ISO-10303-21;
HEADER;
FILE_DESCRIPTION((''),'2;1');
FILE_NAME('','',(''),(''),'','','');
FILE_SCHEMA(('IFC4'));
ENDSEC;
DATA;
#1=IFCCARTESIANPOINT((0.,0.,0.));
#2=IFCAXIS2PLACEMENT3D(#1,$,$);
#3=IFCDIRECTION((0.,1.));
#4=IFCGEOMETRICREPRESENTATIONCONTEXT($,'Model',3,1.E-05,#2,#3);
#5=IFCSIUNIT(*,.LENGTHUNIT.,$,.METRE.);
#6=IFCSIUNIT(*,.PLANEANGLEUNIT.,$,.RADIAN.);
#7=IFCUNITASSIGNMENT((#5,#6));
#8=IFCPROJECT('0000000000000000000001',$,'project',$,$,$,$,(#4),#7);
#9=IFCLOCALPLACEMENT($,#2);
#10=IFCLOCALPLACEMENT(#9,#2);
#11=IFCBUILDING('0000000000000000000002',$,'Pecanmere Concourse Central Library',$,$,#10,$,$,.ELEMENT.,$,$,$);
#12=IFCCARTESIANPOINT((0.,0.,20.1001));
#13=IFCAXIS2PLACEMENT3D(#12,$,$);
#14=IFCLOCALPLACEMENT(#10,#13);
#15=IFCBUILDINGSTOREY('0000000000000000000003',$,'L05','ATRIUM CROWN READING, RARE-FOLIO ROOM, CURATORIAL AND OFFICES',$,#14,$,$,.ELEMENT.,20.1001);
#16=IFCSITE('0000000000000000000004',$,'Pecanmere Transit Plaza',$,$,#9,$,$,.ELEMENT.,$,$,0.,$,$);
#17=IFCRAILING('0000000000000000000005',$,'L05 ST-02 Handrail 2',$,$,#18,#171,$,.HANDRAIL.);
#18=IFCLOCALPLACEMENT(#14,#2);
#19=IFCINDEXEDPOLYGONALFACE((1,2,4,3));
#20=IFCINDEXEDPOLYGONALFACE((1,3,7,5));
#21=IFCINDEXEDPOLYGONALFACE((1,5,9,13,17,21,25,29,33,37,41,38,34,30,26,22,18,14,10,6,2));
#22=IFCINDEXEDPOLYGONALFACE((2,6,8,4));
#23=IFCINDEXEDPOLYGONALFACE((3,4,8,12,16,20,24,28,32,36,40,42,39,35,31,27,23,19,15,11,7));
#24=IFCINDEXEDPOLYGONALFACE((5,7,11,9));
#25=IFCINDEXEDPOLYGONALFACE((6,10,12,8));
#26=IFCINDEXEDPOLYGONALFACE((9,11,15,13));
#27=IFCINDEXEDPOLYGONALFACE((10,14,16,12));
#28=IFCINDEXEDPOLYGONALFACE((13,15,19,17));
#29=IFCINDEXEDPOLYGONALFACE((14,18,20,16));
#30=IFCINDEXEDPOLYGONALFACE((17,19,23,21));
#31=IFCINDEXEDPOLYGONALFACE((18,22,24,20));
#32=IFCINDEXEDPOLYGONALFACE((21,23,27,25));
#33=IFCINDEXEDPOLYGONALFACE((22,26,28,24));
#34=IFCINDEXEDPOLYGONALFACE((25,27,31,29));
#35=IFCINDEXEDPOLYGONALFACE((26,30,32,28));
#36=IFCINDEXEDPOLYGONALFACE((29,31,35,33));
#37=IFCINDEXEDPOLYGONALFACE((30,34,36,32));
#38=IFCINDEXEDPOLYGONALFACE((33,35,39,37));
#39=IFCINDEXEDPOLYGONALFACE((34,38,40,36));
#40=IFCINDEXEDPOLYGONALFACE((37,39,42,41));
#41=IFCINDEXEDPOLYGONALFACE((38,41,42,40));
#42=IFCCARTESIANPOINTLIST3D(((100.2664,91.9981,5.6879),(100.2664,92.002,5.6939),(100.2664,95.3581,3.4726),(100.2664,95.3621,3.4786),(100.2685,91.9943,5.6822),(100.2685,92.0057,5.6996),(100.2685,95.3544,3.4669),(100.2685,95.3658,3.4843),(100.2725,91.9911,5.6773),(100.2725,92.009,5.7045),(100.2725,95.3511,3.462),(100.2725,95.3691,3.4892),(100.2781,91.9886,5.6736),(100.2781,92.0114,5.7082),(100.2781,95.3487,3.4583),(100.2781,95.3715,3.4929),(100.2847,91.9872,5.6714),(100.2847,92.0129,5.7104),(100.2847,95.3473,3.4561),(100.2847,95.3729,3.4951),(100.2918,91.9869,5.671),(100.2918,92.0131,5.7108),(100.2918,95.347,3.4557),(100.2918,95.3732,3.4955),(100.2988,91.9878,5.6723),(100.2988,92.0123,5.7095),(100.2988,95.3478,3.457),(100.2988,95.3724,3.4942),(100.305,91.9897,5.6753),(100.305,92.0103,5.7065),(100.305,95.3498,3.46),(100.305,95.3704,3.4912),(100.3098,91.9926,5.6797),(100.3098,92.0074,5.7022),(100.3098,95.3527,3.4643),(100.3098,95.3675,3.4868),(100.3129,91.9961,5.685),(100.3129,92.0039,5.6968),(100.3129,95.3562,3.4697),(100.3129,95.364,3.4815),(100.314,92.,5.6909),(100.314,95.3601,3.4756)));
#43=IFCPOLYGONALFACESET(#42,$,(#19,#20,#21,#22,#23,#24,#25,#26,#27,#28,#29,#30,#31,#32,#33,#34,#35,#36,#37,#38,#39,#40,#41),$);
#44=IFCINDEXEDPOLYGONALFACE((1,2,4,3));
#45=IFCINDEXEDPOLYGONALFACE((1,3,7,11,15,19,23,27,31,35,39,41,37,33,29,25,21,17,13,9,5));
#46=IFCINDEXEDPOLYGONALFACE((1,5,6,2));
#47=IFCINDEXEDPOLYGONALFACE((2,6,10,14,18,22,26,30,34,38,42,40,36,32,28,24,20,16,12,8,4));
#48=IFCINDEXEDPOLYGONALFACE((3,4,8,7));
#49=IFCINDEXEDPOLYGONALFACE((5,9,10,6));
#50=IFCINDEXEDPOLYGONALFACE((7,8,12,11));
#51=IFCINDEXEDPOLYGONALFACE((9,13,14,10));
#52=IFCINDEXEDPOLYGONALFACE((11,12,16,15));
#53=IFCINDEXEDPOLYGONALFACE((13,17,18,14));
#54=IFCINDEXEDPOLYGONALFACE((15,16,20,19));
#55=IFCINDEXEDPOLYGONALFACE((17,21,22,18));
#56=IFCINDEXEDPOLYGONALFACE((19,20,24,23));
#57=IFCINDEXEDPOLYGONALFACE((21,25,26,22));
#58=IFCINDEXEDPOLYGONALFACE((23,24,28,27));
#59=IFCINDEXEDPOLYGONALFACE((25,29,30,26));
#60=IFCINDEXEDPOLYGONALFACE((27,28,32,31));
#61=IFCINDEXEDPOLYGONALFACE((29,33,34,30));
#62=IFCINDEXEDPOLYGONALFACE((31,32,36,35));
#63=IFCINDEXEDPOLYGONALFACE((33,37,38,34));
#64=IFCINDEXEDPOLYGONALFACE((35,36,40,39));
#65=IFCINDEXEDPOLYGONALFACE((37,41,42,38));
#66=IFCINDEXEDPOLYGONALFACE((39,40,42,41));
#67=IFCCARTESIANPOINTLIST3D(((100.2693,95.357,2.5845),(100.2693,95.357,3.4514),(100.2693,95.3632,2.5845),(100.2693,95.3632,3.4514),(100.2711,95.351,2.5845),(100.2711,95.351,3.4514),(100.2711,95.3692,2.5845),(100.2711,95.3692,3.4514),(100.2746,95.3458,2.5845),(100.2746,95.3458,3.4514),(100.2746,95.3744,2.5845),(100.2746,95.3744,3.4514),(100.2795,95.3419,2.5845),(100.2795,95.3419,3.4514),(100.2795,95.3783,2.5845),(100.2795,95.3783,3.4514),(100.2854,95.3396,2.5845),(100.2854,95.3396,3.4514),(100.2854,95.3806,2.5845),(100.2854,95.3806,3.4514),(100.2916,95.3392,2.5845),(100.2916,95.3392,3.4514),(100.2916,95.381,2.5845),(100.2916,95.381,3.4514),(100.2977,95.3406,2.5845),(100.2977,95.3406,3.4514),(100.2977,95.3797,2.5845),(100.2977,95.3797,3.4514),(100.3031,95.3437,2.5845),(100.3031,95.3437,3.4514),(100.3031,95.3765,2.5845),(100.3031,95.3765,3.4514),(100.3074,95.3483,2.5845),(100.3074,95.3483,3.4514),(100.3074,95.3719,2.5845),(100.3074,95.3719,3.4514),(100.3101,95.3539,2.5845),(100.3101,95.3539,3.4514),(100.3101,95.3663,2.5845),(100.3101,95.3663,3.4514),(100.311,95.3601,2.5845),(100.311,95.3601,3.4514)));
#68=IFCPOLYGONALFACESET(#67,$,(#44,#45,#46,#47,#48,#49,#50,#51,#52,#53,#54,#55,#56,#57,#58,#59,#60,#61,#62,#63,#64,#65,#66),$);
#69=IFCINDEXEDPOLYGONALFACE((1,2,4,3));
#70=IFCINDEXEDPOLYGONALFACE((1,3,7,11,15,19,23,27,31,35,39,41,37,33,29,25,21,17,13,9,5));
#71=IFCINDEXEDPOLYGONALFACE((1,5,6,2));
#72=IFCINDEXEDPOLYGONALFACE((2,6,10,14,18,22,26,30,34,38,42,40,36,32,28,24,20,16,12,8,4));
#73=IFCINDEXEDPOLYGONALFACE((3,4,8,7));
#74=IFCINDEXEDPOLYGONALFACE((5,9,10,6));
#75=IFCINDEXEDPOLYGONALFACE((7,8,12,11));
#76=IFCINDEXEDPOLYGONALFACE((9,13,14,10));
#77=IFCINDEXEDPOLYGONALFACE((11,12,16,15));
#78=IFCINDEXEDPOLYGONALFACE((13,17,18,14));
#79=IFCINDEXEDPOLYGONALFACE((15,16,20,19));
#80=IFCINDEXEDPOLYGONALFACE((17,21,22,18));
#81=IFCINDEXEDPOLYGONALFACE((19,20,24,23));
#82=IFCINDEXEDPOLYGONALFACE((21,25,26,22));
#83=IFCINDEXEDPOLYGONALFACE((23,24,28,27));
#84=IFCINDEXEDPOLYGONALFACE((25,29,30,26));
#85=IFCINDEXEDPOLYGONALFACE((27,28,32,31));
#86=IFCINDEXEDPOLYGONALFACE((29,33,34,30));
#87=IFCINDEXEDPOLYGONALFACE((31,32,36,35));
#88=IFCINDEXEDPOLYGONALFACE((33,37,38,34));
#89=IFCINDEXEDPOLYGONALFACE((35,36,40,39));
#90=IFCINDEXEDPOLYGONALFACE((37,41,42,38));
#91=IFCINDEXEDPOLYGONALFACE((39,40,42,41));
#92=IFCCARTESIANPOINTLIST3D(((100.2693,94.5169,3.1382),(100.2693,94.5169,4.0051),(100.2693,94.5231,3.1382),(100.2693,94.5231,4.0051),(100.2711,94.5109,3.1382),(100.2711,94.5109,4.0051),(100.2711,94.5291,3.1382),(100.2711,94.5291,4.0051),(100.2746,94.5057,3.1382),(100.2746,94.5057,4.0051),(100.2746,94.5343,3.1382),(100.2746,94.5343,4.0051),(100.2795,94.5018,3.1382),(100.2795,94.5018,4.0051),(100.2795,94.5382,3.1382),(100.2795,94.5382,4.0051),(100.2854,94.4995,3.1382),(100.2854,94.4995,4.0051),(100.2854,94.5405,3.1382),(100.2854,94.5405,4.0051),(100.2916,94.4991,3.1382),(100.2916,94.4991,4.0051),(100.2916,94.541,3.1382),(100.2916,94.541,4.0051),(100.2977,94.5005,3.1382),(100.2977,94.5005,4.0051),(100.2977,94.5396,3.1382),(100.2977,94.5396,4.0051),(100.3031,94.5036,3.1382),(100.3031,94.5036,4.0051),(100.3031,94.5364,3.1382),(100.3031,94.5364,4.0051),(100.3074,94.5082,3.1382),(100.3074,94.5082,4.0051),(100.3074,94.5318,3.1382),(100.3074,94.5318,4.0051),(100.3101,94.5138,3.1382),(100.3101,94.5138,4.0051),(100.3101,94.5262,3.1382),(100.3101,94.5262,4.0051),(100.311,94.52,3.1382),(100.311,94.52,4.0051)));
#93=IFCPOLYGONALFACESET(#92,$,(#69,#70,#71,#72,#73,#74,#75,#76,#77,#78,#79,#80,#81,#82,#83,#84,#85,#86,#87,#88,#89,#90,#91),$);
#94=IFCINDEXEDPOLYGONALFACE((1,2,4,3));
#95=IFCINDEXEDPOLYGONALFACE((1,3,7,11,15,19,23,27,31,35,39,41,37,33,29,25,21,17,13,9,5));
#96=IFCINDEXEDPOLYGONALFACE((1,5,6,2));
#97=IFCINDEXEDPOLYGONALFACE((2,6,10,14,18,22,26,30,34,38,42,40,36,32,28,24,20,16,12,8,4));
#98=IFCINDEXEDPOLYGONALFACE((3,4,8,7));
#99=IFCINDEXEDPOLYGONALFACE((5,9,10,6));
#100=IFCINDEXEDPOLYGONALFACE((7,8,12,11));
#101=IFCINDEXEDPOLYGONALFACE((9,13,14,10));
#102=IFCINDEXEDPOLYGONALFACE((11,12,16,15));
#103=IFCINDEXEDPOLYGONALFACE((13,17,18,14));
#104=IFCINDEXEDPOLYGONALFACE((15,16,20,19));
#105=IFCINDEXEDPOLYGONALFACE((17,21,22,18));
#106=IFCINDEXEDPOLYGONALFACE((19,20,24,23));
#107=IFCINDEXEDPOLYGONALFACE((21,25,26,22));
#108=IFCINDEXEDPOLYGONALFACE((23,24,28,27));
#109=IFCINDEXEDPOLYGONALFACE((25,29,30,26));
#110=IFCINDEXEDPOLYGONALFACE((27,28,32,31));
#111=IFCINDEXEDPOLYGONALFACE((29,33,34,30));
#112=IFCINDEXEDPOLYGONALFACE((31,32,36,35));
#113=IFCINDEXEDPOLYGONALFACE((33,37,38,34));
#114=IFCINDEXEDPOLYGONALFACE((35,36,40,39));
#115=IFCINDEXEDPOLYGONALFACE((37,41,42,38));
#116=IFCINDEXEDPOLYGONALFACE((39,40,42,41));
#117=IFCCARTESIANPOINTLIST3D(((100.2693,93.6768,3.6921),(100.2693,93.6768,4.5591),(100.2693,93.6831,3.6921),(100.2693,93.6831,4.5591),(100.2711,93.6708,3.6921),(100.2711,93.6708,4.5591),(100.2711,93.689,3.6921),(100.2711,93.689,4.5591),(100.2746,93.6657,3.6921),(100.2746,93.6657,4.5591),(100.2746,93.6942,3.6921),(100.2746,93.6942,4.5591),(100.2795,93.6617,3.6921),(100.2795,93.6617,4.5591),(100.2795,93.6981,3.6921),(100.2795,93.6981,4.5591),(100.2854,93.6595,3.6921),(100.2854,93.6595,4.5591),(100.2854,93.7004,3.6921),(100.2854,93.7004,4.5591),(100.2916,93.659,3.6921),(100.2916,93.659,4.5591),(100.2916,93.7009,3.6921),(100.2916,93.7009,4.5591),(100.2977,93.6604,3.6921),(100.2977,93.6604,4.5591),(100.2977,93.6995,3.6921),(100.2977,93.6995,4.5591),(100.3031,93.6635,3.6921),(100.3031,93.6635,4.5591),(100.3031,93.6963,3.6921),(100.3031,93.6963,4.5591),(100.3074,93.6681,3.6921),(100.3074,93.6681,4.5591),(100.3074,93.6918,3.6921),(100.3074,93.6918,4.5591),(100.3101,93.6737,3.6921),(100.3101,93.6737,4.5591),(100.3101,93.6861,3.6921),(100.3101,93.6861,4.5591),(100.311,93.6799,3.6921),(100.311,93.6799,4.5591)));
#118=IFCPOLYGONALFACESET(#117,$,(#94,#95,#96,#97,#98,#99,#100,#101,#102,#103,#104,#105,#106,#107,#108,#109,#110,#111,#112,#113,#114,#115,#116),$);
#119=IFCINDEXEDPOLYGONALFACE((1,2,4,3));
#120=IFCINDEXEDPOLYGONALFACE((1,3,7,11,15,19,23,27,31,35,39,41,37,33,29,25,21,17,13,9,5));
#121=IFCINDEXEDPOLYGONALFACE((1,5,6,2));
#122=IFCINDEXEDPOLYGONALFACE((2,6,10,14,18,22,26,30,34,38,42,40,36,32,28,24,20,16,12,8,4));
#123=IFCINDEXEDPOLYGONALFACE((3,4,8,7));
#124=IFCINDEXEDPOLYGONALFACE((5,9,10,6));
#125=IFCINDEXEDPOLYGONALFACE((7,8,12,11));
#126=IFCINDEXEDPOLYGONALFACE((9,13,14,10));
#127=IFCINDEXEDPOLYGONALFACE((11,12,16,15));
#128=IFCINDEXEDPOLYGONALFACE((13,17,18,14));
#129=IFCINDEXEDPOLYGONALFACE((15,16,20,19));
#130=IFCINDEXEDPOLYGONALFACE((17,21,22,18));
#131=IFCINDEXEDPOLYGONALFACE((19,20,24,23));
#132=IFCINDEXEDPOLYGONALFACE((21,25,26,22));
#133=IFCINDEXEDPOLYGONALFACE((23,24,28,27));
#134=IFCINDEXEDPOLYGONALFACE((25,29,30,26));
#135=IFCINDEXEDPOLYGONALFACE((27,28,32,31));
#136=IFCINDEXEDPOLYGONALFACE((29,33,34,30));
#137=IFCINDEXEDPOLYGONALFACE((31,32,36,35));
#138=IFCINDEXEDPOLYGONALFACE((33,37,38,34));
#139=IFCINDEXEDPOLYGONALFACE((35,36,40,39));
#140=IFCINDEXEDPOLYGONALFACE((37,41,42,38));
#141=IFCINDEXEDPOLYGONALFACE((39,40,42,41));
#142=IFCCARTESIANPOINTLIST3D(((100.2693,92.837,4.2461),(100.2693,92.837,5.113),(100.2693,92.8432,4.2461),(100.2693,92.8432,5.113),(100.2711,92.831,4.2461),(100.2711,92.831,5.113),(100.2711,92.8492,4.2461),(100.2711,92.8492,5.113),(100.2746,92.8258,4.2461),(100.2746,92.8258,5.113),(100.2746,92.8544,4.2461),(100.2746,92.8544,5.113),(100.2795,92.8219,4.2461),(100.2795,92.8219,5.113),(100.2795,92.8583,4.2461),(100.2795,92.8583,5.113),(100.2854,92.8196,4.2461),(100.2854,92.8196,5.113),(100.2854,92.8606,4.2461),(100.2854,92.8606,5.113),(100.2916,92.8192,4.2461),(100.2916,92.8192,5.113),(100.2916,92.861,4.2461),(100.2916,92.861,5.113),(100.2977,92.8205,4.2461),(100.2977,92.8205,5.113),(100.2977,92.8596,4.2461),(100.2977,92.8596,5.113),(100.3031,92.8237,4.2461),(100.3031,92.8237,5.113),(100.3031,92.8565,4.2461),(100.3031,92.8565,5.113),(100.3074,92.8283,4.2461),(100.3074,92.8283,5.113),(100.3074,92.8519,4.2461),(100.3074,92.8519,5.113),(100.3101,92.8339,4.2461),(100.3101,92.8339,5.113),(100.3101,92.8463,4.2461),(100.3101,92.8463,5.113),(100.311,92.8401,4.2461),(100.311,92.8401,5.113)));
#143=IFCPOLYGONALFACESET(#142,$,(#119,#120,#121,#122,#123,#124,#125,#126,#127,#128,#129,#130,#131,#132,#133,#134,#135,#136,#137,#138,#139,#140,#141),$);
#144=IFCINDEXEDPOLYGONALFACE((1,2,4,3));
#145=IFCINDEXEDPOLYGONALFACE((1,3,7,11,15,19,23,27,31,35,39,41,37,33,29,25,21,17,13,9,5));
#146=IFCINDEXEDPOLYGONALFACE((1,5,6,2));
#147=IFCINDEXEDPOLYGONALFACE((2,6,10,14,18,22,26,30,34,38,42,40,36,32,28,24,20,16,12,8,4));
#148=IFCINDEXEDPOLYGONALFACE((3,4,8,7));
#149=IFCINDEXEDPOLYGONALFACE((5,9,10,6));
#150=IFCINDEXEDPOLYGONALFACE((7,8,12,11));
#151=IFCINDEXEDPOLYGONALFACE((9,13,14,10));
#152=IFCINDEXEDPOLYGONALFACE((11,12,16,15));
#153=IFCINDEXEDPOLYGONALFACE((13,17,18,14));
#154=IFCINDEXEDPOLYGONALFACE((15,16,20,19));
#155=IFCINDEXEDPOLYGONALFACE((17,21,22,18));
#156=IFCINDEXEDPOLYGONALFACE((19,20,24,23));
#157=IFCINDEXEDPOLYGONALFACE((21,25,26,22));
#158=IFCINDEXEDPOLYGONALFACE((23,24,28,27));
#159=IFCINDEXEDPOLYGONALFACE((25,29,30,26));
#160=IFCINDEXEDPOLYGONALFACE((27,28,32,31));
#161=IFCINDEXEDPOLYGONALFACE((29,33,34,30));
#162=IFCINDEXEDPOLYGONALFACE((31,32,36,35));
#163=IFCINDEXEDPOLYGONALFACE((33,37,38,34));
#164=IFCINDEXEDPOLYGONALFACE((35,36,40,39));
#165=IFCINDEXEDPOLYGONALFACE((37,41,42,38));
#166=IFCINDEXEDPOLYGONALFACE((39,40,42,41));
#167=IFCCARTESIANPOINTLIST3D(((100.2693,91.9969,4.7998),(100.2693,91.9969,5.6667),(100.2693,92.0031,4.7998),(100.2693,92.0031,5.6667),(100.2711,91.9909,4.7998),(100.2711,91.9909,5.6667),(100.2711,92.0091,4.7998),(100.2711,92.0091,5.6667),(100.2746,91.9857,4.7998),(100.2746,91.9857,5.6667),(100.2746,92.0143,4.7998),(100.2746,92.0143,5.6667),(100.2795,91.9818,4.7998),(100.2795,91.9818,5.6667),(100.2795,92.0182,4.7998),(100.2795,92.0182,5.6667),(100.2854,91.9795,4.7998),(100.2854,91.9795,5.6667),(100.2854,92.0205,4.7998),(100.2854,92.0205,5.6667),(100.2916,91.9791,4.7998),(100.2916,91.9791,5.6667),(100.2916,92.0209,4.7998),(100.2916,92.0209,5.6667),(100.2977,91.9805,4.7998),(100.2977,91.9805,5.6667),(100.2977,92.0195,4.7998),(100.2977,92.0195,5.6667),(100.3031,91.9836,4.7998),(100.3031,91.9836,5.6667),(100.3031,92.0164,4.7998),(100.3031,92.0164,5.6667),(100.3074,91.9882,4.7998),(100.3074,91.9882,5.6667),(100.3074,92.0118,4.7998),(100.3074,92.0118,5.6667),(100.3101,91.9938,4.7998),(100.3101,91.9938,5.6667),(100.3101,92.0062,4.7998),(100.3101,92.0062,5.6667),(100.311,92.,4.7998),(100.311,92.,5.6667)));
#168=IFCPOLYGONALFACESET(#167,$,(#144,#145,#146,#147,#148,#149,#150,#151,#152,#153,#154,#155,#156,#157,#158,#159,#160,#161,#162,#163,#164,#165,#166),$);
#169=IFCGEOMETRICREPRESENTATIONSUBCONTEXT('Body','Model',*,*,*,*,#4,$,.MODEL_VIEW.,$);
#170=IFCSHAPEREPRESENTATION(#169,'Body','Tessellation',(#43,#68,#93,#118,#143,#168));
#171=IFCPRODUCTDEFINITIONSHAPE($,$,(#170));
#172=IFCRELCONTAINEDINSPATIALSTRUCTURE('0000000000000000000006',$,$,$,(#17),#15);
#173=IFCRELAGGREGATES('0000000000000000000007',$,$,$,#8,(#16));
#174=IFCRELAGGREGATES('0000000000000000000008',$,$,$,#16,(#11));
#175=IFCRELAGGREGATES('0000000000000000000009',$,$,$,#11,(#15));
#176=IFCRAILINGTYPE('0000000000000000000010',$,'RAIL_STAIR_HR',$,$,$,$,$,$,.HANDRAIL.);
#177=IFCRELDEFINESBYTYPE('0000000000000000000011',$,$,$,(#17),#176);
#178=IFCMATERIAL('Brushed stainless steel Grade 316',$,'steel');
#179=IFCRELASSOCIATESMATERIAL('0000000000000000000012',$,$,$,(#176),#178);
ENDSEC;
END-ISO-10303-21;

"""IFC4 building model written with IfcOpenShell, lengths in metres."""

from ifc_helpers import new_model, si_unit, direction, frame, origin, origin_2d, place, context, subcontext, project, spatial, circle, extrude, material, type_object, element, save


model = new_model("IFC4")

# Units and contexts
model_context = context("Model", 3, precision=1e-05, world=origin(), true_north=direction((0.0, 1.0)))
body_context = subcontext(model_context, "Body", "Model", "MODEL_VIEW")
ifc_project = project(units=[si_unit("LENGTHUNIT", "METRE"), si_unit("PLANEANGLEUNIT", "RADIAN")], contexts=[model_context])

# Site, building, storey
site_placement = place(None, origin())
site = spatial("IfcSite", under=ifc_project, at=site_placement, Name="Pecanmere Transit Plaza", CompositionType="ELEMENT", RefElevation=0.0)
building_placement = place(site_placement, origin())
building = spatial("IfcBuilding", under=site, at=building_placement, Name="Pecanmere Concourse Central Library", CompositionType="ELEMENT")
storey_placement = place(building_placement, frame((0.0, 0.0, 20.1001)))
storey = spatial("IfcBuildingStorey", under=building, at=storey_placement, Name="L05", Description="ATRIUM CROWN READING, RARE-FOLIO ROOM, CURATORIAL AND OFFICES", CompositionType="ELEMENT", Elevation=20.1001)

# Railing
ifc_material_1 = material(Name="Brushed stainless steel Grade 316", Category="steel")
railing_type_1 = type_object("IfcRailingType", Name="RAIL_STAIR_HR", PredefinedType="HANDRAIL", material=ifc_material_1)
railing_1_placement = place(storey_placement, frame((100.29, 95.3601, 2.5845)))
element("IfcRailing", 1, at=railing_1_placement, inside=storey, type_object=railing_type_1, Name="L05 ST-02 Handrail 2", PredefinedType="HANDRAIL", context=body_context, shape_type="SweptSolid", body=[
    extrude(circle(Radius=0.0239, at=origin_2d()), frame((0.0, 0.0, 0.8911), z_axis=(0.0, -0.834876, 0.550437), x_axis=(1.0, 0.0, 0.0)), (0.0, 0.0, 1.0), 4.0247),
    extrude(circle(Radius=0.021, at=origin_2d()), origin(), (0.0, 0.0, 1.0), 0.8669),
    extrude(circle(Radius=0.021, at=origin_2d()), frame((0.0, -0.8401, 0.5537)), (0.0, 0.0, 1.0), 0.8669),
    extrude(circle(Radius=0.021, at=origin_2d()), frame((0.0, -1.6802, 1.1077)), (0.0, 0.0, 1.0), 0.8669),
    extrude(circle(Radius=0.021, at=origin_2d()), frame((0.0, -2.52, 1.6616)), (0.0, 0.0, 1.0), 0.8669),
    extrude(circle(Radius=0.021, at=origin_2d()), frame((0.0, -3.3601, 2.2153)), (0.0, 0.0, 1.0), 0.8669),
])

save(model, "model.ifc")
